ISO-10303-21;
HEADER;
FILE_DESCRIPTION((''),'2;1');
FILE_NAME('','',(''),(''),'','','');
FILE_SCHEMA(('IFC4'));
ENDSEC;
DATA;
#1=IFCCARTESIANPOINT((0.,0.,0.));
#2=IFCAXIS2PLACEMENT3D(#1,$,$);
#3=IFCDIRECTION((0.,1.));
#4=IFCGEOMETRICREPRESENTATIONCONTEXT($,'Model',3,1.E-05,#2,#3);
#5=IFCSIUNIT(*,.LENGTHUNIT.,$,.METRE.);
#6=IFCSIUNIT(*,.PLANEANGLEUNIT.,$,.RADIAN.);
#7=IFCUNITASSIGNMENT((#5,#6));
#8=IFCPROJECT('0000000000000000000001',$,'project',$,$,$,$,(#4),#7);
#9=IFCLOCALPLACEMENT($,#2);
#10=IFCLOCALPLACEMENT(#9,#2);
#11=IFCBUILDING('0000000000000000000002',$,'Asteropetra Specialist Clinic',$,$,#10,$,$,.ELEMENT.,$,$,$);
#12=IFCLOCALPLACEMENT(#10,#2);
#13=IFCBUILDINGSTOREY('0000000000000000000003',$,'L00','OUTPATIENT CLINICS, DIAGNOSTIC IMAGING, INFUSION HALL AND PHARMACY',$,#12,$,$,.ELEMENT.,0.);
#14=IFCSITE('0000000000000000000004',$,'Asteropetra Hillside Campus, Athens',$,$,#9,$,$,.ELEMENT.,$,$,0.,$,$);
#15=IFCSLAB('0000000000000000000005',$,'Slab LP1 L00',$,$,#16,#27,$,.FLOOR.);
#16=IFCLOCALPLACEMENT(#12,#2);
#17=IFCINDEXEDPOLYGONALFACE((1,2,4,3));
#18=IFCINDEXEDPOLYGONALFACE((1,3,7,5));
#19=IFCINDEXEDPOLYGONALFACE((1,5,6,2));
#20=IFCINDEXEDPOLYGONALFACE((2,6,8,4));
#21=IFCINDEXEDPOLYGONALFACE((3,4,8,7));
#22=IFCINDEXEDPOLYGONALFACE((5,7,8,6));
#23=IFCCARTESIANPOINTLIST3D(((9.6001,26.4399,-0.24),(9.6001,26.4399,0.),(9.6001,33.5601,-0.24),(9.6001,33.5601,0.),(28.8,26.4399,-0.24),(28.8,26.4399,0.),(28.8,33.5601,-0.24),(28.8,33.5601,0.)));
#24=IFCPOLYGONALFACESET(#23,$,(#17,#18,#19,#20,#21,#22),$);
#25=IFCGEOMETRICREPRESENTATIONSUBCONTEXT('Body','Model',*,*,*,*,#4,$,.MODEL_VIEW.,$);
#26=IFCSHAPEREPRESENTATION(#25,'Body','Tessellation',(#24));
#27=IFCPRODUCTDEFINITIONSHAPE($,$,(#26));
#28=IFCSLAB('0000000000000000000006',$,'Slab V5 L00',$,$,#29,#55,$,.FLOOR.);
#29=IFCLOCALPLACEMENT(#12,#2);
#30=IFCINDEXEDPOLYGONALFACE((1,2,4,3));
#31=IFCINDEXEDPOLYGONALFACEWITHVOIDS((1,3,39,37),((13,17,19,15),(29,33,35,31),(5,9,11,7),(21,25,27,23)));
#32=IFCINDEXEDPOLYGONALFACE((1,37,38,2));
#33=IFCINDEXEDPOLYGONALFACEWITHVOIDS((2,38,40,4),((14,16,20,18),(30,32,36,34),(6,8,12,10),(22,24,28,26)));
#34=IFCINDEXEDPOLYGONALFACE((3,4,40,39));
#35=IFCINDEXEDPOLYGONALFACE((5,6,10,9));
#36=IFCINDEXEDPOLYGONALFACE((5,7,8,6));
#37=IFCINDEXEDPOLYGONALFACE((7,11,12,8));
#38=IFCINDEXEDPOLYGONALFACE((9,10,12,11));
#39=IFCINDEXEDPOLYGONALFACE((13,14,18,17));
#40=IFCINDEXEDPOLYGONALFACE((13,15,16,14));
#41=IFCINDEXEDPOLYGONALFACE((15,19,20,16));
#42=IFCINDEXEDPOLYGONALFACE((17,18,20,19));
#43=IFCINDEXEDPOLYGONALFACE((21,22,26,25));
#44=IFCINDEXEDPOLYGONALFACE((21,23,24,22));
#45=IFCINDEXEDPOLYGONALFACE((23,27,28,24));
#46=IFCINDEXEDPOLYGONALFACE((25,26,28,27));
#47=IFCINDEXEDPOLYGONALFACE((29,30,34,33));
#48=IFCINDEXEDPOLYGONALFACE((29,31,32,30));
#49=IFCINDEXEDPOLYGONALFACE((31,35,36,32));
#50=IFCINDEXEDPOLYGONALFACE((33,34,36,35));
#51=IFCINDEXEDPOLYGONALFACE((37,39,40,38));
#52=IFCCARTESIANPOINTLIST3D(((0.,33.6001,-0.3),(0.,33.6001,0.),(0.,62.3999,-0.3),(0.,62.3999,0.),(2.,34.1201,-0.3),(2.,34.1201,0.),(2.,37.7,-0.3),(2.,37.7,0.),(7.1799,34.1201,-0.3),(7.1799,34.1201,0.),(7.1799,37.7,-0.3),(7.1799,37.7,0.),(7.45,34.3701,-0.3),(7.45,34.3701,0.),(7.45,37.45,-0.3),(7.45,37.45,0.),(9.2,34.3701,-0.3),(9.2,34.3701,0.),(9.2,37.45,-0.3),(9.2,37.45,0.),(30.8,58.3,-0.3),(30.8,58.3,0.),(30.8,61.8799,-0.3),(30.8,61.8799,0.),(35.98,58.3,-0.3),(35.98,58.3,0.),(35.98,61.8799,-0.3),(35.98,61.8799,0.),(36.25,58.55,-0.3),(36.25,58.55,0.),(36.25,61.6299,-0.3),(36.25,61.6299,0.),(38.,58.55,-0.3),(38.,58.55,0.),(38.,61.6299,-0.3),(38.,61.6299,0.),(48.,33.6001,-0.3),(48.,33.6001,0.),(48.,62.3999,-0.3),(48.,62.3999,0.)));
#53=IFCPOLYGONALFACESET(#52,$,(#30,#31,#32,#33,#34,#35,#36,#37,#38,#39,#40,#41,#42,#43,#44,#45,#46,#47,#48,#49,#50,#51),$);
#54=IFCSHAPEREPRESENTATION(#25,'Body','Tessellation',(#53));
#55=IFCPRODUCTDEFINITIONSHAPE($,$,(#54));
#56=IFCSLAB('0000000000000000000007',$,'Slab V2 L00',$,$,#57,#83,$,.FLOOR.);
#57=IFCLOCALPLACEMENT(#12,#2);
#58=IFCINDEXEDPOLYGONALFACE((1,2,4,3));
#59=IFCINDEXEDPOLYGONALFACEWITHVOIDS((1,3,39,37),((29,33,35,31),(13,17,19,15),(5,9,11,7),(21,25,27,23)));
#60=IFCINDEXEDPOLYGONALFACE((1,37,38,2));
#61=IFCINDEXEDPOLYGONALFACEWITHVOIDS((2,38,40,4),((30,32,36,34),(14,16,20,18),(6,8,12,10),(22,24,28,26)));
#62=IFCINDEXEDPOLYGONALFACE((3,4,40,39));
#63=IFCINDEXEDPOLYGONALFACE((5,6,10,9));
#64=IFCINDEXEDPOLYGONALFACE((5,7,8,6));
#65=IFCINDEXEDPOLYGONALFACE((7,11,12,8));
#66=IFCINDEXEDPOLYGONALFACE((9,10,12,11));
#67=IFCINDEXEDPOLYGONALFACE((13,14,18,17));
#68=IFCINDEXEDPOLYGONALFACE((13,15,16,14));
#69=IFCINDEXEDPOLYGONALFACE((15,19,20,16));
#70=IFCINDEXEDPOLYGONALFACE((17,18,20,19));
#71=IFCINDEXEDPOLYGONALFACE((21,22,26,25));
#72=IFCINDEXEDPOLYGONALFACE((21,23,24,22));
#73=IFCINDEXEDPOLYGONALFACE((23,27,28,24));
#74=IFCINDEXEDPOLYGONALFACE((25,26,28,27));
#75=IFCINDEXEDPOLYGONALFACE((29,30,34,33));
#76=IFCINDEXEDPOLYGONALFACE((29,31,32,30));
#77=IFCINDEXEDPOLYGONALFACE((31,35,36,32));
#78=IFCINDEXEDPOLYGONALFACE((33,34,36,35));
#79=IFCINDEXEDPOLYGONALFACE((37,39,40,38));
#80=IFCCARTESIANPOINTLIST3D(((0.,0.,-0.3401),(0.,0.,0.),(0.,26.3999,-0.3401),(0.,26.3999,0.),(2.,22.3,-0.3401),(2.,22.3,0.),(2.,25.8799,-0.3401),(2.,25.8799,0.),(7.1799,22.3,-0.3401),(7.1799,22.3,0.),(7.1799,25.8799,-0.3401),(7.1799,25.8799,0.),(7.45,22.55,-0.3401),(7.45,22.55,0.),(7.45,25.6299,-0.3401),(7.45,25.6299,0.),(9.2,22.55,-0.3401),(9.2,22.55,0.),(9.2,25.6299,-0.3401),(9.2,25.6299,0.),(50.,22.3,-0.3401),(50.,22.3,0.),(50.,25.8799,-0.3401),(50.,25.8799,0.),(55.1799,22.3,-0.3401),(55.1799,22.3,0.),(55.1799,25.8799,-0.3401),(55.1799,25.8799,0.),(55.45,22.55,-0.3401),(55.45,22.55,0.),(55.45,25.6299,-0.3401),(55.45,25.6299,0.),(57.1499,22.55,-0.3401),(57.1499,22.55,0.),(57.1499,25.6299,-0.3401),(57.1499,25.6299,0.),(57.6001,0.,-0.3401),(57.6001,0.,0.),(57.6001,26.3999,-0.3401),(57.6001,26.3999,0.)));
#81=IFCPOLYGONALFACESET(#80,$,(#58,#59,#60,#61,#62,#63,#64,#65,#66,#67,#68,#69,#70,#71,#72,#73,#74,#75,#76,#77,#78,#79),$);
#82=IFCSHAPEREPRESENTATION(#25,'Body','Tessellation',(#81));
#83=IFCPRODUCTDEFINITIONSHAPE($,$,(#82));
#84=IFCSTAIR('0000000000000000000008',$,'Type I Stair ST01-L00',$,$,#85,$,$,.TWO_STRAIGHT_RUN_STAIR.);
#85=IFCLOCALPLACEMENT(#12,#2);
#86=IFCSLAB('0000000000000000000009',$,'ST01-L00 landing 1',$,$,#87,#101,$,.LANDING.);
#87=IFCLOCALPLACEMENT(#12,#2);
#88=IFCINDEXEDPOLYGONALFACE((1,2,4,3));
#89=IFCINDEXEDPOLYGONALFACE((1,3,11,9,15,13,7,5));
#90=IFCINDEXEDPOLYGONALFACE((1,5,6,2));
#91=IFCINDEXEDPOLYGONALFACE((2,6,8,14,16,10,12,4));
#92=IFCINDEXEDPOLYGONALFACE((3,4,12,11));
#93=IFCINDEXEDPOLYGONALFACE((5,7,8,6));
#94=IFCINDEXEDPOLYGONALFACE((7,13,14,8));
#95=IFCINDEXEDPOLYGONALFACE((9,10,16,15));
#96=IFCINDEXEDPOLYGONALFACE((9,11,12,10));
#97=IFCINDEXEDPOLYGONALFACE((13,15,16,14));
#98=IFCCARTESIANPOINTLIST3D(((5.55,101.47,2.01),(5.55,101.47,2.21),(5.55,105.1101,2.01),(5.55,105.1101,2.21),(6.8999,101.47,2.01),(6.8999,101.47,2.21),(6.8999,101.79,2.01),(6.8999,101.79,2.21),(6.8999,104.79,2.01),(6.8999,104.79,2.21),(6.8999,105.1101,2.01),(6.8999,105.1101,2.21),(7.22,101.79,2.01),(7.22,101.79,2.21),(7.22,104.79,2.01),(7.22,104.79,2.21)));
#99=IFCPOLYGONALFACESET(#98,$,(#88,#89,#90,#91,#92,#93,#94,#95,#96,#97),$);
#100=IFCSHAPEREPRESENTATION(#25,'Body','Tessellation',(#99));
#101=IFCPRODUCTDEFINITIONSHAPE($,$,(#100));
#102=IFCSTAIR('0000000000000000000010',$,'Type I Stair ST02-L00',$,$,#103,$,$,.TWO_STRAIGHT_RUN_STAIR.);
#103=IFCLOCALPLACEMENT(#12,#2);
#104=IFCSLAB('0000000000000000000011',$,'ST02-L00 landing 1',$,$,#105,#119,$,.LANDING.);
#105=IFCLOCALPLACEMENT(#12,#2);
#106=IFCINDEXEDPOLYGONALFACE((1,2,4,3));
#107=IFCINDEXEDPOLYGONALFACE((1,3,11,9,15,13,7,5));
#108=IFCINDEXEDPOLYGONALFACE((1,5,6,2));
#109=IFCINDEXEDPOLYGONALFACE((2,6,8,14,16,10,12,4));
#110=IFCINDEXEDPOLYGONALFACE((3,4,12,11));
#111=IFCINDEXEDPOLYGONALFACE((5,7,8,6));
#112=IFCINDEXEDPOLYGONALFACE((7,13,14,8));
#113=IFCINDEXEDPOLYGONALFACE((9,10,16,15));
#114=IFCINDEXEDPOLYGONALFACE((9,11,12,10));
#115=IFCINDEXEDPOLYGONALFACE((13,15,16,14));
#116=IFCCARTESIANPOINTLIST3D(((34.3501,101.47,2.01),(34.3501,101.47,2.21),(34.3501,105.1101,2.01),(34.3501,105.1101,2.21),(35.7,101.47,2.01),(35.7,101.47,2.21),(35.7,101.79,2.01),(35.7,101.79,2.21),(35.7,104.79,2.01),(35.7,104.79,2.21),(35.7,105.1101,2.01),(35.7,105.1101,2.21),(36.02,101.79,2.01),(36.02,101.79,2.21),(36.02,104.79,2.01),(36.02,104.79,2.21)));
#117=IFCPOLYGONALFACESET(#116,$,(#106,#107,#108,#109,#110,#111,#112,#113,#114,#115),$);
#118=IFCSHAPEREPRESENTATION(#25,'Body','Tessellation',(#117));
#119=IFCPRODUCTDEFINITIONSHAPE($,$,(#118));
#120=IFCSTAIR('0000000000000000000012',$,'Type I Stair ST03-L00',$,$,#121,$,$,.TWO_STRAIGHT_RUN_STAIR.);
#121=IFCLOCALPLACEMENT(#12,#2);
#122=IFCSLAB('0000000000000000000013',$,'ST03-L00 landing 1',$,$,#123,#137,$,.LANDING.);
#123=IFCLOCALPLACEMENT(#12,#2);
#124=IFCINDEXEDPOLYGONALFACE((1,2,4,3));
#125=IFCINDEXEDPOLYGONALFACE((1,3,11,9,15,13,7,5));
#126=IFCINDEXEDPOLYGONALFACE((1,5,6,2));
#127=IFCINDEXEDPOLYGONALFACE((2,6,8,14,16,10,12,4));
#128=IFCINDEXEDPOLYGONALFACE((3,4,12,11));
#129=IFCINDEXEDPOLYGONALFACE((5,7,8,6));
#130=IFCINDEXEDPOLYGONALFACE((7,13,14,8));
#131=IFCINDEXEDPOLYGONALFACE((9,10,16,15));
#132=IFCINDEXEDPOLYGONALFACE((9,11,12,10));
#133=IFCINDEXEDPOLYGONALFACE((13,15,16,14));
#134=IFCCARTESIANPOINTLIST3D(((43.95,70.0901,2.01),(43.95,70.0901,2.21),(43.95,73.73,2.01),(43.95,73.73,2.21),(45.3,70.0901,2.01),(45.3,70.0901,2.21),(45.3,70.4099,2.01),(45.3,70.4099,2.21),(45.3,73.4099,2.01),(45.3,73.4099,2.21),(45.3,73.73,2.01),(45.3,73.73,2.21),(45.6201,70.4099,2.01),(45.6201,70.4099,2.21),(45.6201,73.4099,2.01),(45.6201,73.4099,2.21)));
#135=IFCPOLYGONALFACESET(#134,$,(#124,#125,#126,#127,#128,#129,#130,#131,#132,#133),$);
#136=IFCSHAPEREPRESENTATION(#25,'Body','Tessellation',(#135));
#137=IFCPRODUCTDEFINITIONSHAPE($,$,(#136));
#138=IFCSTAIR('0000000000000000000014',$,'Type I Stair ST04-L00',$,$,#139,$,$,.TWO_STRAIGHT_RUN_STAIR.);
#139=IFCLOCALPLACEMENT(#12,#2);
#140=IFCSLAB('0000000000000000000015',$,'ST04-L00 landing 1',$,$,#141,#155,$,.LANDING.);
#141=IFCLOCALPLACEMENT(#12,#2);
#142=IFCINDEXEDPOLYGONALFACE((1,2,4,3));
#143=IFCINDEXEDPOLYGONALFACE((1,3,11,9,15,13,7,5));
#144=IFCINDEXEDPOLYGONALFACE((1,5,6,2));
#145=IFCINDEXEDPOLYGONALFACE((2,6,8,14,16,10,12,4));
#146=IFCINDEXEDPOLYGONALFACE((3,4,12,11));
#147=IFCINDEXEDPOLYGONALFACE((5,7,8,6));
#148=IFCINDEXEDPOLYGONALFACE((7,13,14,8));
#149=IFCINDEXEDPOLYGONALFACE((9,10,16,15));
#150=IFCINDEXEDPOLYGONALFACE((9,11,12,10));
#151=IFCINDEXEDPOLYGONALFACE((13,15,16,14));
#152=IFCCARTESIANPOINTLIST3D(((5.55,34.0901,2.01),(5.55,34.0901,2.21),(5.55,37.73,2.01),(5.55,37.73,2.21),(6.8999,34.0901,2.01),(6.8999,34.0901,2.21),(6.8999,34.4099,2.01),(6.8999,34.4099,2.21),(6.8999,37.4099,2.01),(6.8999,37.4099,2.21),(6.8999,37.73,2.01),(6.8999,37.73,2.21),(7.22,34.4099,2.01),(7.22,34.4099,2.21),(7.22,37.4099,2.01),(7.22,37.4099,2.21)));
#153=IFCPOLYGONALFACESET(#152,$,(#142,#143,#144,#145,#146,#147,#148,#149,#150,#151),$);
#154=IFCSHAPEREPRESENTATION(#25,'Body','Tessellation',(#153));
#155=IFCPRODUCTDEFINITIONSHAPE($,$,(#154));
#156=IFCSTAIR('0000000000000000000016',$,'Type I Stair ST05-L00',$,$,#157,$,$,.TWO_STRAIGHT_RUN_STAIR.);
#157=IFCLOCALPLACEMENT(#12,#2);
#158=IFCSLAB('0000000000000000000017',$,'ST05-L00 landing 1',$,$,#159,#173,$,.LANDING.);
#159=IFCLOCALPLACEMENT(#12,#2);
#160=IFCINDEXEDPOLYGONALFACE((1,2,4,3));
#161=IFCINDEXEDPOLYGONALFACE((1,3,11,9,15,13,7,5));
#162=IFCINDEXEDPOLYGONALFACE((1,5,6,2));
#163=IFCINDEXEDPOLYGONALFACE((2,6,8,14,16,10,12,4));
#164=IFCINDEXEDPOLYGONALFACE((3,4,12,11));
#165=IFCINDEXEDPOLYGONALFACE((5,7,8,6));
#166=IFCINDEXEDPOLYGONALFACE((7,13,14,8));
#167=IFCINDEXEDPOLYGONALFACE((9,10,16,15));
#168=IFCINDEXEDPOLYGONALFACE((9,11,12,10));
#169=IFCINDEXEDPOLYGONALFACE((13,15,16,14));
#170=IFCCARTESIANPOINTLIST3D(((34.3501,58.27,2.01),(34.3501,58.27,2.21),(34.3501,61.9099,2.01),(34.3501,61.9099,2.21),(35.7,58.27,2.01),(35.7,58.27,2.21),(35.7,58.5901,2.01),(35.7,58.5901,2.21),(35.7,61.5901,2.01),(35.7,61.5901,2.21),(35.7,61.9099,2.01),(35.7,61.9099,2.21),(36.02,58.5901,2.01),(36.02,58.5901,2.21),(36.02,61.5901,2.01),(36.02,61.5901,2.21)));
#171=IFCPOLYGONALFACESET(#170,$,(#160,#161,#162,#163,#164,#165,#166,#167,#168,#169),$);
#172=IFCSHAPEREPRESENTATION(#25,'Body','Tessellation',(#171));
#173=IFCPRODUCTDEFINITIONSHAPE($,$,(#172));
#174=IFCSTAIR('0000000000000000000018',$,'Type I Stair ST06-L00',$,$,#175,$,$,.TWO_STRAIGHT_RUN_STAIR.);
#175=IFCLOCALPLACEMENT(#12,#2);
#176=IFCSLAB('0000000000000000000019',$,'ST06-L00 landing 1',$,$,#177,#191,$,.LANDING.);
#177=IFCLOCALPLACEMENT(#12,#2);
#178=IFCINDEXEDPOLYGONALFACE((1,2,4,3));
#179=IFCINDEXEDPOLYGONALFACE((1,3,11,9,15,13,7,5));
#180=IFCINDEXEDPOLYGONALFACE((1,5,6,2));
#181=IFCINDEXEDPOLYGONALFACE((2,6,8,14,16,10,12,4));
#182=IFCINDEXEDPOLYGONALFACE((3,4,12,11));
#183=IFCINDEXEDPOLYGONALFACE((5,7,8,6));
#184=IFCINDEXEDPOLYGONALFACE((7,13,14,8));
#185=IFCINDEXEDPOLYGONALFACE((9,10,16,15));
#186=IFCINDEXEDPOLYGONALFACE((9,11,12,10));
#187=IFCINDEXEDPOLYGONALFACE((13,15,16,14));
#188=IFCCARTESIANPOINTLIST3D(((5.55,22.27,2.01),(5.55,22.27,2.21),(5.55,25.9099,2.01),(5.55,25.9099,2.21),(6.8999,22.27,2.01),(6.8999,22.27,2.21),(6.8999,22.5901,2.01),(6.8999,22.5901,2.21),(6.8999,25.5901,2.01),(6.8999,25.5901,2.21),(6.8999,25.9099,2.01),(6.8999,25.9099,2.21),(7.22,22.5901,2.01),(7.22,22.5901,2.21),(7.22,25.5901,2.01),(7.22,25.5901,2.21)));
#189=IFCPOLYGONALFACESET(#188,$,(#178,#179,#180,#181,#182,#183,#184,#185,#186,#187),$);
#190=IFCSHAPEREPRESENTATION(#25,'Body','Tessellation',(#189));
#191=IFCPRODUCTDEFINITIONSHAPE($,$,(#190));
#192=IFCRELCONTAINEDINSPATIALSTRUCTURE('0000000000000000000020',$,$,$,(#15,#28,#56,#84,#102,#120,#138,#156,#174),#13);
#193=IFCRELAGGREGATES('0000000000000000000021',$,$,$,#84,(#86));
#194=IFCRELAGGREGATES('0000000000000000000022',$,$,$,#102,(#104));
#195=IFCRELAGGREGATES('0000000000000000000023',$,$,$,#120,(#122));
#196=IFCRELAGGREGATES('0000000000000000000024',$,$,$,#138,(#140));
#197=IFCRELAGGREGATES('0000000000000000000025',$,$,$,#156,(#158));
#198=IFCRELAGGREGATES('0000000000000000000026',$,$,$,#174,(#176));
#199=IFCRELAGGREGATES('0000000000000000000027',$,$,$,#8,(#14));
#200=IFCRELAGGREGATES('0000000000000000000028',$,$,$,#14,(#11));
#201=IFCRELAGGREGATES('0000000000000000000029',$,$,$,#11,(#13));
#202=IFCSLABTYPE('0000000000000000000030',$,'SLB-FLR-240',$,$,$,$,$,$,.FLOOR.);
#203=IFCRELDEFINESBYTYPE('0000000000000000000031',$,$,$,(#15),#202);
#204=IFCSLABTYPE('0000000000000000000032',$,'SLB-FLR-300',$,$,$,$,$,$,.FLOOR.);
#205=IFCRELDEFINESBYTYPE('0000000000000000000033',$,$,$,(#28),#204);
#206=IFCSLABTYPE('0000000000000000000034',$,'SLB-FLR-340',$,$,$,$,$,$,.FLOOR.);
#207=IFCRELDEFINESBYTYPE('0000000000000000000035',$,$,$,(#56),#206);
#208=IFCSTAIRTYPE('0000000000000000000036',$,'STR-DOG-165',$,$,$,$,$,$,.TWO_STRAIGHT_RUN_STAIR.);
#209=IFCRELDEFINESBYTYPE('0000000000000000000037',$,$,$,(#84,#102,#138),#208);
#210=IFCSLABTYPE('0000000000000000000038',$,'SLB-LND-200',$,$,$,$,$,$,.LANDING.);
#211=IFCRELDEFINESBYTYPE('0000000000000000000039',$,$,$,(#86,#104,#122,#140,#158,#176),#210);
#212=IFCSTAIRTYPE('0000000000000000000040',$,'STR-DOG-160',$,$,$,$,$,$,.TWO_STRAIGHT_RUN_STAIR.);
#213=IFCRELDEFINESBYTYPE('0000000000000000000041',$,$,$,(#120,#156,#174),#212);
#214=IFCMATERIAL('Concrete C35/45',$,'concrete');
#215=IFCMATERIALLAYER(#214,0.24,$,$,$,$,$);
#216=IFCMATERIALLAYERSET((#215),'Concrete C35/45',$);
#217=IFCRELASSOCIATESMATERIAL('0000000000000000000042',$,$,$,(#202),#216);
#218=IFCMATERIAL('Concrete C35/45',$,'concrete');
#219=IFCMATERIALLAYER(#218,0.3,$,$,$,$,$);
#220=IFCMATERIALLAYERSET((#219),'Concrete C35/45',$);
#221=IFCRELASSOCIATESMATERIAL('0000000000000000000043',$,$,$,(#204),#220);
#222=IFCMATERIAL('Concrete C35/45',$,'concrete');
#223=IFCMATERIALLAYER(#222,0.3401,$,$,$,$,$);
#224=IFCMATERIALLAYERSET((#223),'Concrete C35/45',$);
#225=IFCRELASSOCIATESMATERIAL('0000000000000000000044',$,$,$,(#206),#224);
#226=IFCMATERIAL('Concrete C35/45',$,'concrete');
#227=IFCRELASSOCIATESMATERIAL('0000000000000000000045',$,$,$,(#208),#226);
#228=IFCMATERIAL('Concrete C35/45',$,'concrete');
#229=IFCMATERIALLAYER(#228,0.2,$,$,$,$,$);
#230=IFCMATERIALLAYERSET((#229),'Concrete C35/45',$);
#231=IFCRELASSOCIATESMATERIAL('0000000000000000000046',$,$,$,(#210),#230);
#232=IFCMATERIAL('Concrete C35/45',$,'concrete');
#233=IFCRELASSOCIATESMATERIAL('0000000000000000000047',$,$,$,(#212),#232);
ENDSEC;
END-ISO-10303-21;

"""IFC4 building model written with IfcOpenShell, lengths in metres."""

from ifc_helpers import new_model, si_unit, direction, frame, origin, place, context, subcontext, project, spatial, polyline, outline, extrude, material, layer, layer_set, type_object, element, aggregate, save


model = new_model("IFC4")

# Units and contexts
model_context = context("Model", 3, precision=1e-05, world=origin(), true_north=direction((0.0, 1.0)))
body_context = subcontext(model_context, "Body", "Model", "MODEL_VIEW")
ifc_project = project(units=[si_unit("LENGTHUNIT", "METRE"), si_unit("PLANEANGLEUNIT", "RADIAN")], contexts=[model_context])

# Site, building, storey
site_placement = place(None, origin())
site = spatial("IfcSite", under=ifc_project, at=site_placement, Name="Asteropetra Hillside Campus, Athens", CompositionType="ELEMENT", RefElevation=0.0)
building_placement = place(site_placement, origin())
building = spatial("IfcBuilding", under=site, at=building_placement, Name="Asteropetra Specialist Clinic", CompositionType="ELEMENT")
storey_placement = place(building_placement, origin())
storey = spatial("IfcBuildingStorey", under=building, at=storey_placement, Name="L00", Description="OUTPATIENT CLINICS, DIAGNOSTIC IMAGING, INFUSION HALL AND PHARMACY", CompositionType="ELEMENT", Elevation=0.0)

# Slabs
ifc_material_1 = material(Name="Concrete C35/45", Category="concrete")
ifc_layer_1 = layer(ifc_material_1, 0.24)
ifc_layer_set_1 = layer_set([ifc_layer_1], Name="Concrete C35/45")
slab_type_1 = type_object("IfcSlabType", Name="SLB-FLR-240", PredefinedType="FLOOR", material=ifc_layer_set_1)
slab_1_placement = place(storey_placement, frame((0.0, 0.0, -0.24)))
element("IfcSlab", 1, at=slab_1_placement, inside=storey, type_object=slab_type_1, Name="Slab LP1 L00", PredefinedType="FLOOR", context=body_context, shape_type="SweptSolid", body=[
    extrude(outline(polyline([(9.6001, 26.4399), (28.8, 26.4399), (28.8, 33.5601), (9.6001, 33.5601), (9.6001, 26.4399)])), origin(), (0.0, 0.0, 1.0), 0.24),
])
ifc_material_2 = material(Name="Concrete C35/45", Category="concrete")
ifc_layer_2 = layer(ifc_material_2, 0.3)
ifc_layer_set_2 = layer_set([ifc_layer_2], Name="Concrete C35/45")
slab_type_2 = type_object("IfcSlabType", Name="SLB-FLR-300", PredefinedType="FLOOR", material=ifc_layer_set_2)
slab_2_placement = place(storey_placement, frame((0.0, 0.0, -0.3)))
element("IfcSlab", 2, at=slab_2_placement, inside=storey, type_object=slab_type_2, Name="Slab V5 L00", PredefinedType="FLOOR", context=body_context, shape_type="SweptSolid", body=[
    extrude(outline(polyline([(0.0, 33.6001), (48.0, 33.6001), (48.0, 62.3999), (0.0, 62.3999), (0.0, 33.6001)]), holes=[polyline([(2.0, 34.1201), (7.1799, 34.1201), (7.1799, 37.7), (2.0, 37.7), (2.0, 34.1201)]), polyline([(7.45, 34.3701), (9.2, 34.3701), (9.2, 37.45), (7.45, 37.45), (7.45, 34.3701)]), polyline([(30.8, 58.3), (35.98, 58.3), (35.98, 61.8799), (30.8, 61.8799), (30.8, 58.3)]), polyline([(36.25, 58.55), (38.0, 58.55), (38.0, 61.6299), (36.25, 61.6299), (36.25, 58.55)])]), origin(), (0.0, 0.0, 1.0), 0.3),
])
ifc_material_3 = material(Name="Concrete C35/45", Category="concrete")
ifc_layer_3 = layer(ifc_material_3, 0.3401)
ifc_layer_set_3 = layer_set([ifc_layer_3], Name="Concrete C35/45")
slab_type_3 = type_object("IfcSlabType", Name="SLB-FLR-340", PredefinedType="FLOOR", material=ifc_layer_set_3)
slab_3_placement = place(storey_placement, frame((0.0, 0.0, -0.3401)))
element("IfcSlab", 3, at=slab_3_placement, inside=storey, type_object=slab_type_3, Name="Slab V2 L00", PredefinedType="FLOOR", context=body_context, shape_type="SweptSolid", body=[
    extrude(outline(polyline([(0.0, 0.0), (57.6001, 0.0), (57.6001, 26.3999), (0.0, 26.3999), (0.0, 0.0)]), holes=[polyline([(2.0, 22.3), (7.1799, 22.3), (7.1799, 25.8799), (2.0, 25.8799), (2.0, 22.3)]), polyline([(7.45, 22.55), (9.2, 22.55), (9.2, 25.6299), (7.45, 25.6299), (7.45, 22.55)]), polyline([(50.0, 22.3), (55.1799, 22.3), (55.1799, 25.8799), (50.0, 25.8799), (50.0, 22.3)]), polyline([(55.45, 22.55), (57.1499, 22.55), (57.1499, 25.6299), (55.45, 25.6299), (55.45, 22.55)])]), origin(), (0.0, 0.0, 1.0), 0.3401),
])

# Stairs, slabs
ifc_material_4 = material(Name="Concrete C35/45", Category="concrete")
stair_type_1 = type_object("IfcStairType", Name="STR-DOG-165", PredefinedType="TWO_STRAIGHT_RUN_STAIR", material=ifc_material_4)
stair_1_placement = place(storey_placement, origin())
stair_1 = element("IfcStair", 4, at=stair_1_placement, inside=storey, type_object=stair_type_1, Name="Type I Stair ST01-L00", PredefinedType="TWO_STRAIGHT_RUN_STAIR")
ifc_material_5 = material(Name="Concrete C35/45", Category="concrete")
ifc_layer_4 = layer(ifc_material_5, 0.2)
ifc_layer_set_4 = layer_set([ifc_layer_4], Name="Concrete C35/45")
slab_type_4 = type_object("IfcSlabType", Name="SLB-LND-200", PredefinedType="LANDING", material=ifc_layer_set_4)
slab_4_placement = place(storey_placement, frame((0.0, 0.0, 2.01)))
slab_4 = element("IfcSlab", 5, at=slab_4_placement, type_object=slab_type_4, Name="ST01-L00 landing 1", PredefinedType="LANDING", context=body_context, shape_type="SweptSolid", body=[
    extrude(outline(polyline([(5.55, 101.47), (6.8999, 101.47), (6.8999, 101.79), (7.22, 101.79), (7.22, 104.79), (6.8999, 104.79), (6.8999, 105.1101), (5.55, 105.1101), (5.55, 101.47)])), origin(), (0.0, 0.0, 1.0), 0.2),
])
aggregate(stair_1, [slab_4])
stair_2_placement = place(storey_placement, origin())
stair_2 = element("IfcStair", 6, at=stair_2_placement, inside=storey, type_object=stair_type_1, Name="Type I Stair ST02-L00", PredefinedType="TWO_STRAIGHT_RUN_STAIR")
slab_5_placement = place(storey_placement, frame((0.0, 0.0, 2.01)))
slab_5 = element("IfcSlab", 7, at=slab_5_placement, type_object=slab_type_4, Name="ST02-L00 landing 1", PredefinedType="LANDING", context=body_context, shape_type="SweptSolid", body=[
    extrude(outline(polyline([(34.3501, 101.47), (35.7, 101.47), (35.7, 101.79), (36.02, 101.79), (36.02, 104.79), (35.7, 104.79), (35.7, 105.1101), (34.3501, 105.1101), (34.3501, 101.47)])), origin(), (0.0, 0.0, 1.0), 0.2),
])
aggregate(stair_2, [slab_5])
ifc_material_6 = material(Name="Concrete C35/45", Category="concrete")
stair_type_2 = type_object("IfcStairType", Name="STR-DOG-160", PredefinedType="TWO_STRAIGHT_RUN_STAIR", material=ifc_material_6)
stair_3_placement = place(storey_placement, origin())
stair_3 = element("IfcStair", 8, at=stair_3_placement, inside=storey, type_object=stair_type_2, Name="Type I Stair ST03-L00", PredefinedType="TWO_STRAIGHT_RUN_STAIR")
slab_6_placement = place(storey_placement, frame((0.0, 0.0, 2.01)))
slab_6 = element("IfcSlab", 9, at=slab_6_placement, type_object=slab_type_4, Name="ST03-L00 landing 1", PredefinedType="LANDING", context=body_context, shape_type="SweptSolid", body=[
    extrude(outline(polyline([(43.95, 70.0901), (45.3, 70.0901), (45.3, 70.4099), (45.6201, 70.4099), (45.6201, 73.4099), (45.3, 73.4099), (45.3, 73.73), (43.95, 73.73), (43.95, 70.0901)])), origin(), (0.0, 0.0, 1.0), 0.2),
])
aggregate(stair_3, [slab_6])
stair_4_placement = place(storey_placement, origin())
stair_4 = element("IfcStair", 10, at=stair_4_placement, inside=storey, type_object=stair_type_1, Name="Type I Stair ST04-L00", PredefinedType="TWO_STRAIGHT_RUN_STAIR")
slab_7_placement = place(storey_placement, frame((0.0, 0.0, 2.01)))
slab_7 = element("IfcSlab", 11, at=slab_7_placement, type_object=slab_type_4, Name="ST04-L00 landing 1", PredefinedType="LANDING", context=body_context, shape_type="SweptSolid", body=[
    extrude(outline(polyline([(5.55, 34.0901), (6.8999, 34.0901), (6.8999, 34.4099), (7.22, 34.4099), (7.22, 37.4099), (6.8999, 37.4099), (6.8999, 37.73), (5.55, 37.73), (5.55, 34.0901)])), origin(), (0.0, 0.0, 1.0), 0.2),
])
aggregate(stair_4, [slab_7])
stair_5_placement = place(storey_placement, origin())
stair_5 = element("IfcStair", 12, at=stair_5_placement, inside=storey, type_object=stair_type_2, Name="Type I Stair ST05-L00", PredefinedType="TWO_STRAIGHT_RUN_STAIR")
slab_8_placement = place(storey_placement, frame((0.0, 0.0, 2.01)))
slab_8 = element("IfcSlab", 13, at=slab_8_placement, type_object=slab_type_4, Name="ST05-L00 landing 1", PredefinedType="LANDING", context=body_context, shape_type="SweptSolid", body=[
    extrude(outline(polyline([(34.3501, 58.27), (35.7, 58.27), (35.7, 58.5901), (36.02, 58.5901), (36.02, 61.5901), (35.7, 61.5901), (35.7, 61.9099), (34.3501, 61.9099), (34.3501, 58.27)])), origin(), (0.0, 0.0, 1.0), 0.2),
])
aggregate(stair_5, [slab_8])
stair_6_placement = place(storey_placement, origin())
stair_6 = element("IfcStair", 14, at=stair_6_placement, inside=storey, type_object=stair_type_2, Name="Type I Stair ST06-L00", PredefinedType="TWO_STRAIGHT_RUN_STAIR")
slab_9_placement = place(storey_placement, frame((0.0, 0.0, 2.01)))
slab_9 = element("IfcSlab", 15, at=slab_9_placement, type_object=slab_type_4, Name="ST06-L00 landing 1", PredefinedType="LANDING", context=body_context, shape_type="SweptSolid", body=[
    extrude(outline(polyline([(5.55, 22.27), (6.8999, 22.27), (6.8999, 22.5901), (7.22, 22.5901), (7.22, 25.5901), (6.8999, 25.5901), (6.8999, 25.9099), (5.55, 25.9099), (5.55, 22.27)])), origin(), (0.0, 0.0, 1.0), 0.2),
])
aggregate(stair_6, [slab_9])

save(model, "model.ifc")
